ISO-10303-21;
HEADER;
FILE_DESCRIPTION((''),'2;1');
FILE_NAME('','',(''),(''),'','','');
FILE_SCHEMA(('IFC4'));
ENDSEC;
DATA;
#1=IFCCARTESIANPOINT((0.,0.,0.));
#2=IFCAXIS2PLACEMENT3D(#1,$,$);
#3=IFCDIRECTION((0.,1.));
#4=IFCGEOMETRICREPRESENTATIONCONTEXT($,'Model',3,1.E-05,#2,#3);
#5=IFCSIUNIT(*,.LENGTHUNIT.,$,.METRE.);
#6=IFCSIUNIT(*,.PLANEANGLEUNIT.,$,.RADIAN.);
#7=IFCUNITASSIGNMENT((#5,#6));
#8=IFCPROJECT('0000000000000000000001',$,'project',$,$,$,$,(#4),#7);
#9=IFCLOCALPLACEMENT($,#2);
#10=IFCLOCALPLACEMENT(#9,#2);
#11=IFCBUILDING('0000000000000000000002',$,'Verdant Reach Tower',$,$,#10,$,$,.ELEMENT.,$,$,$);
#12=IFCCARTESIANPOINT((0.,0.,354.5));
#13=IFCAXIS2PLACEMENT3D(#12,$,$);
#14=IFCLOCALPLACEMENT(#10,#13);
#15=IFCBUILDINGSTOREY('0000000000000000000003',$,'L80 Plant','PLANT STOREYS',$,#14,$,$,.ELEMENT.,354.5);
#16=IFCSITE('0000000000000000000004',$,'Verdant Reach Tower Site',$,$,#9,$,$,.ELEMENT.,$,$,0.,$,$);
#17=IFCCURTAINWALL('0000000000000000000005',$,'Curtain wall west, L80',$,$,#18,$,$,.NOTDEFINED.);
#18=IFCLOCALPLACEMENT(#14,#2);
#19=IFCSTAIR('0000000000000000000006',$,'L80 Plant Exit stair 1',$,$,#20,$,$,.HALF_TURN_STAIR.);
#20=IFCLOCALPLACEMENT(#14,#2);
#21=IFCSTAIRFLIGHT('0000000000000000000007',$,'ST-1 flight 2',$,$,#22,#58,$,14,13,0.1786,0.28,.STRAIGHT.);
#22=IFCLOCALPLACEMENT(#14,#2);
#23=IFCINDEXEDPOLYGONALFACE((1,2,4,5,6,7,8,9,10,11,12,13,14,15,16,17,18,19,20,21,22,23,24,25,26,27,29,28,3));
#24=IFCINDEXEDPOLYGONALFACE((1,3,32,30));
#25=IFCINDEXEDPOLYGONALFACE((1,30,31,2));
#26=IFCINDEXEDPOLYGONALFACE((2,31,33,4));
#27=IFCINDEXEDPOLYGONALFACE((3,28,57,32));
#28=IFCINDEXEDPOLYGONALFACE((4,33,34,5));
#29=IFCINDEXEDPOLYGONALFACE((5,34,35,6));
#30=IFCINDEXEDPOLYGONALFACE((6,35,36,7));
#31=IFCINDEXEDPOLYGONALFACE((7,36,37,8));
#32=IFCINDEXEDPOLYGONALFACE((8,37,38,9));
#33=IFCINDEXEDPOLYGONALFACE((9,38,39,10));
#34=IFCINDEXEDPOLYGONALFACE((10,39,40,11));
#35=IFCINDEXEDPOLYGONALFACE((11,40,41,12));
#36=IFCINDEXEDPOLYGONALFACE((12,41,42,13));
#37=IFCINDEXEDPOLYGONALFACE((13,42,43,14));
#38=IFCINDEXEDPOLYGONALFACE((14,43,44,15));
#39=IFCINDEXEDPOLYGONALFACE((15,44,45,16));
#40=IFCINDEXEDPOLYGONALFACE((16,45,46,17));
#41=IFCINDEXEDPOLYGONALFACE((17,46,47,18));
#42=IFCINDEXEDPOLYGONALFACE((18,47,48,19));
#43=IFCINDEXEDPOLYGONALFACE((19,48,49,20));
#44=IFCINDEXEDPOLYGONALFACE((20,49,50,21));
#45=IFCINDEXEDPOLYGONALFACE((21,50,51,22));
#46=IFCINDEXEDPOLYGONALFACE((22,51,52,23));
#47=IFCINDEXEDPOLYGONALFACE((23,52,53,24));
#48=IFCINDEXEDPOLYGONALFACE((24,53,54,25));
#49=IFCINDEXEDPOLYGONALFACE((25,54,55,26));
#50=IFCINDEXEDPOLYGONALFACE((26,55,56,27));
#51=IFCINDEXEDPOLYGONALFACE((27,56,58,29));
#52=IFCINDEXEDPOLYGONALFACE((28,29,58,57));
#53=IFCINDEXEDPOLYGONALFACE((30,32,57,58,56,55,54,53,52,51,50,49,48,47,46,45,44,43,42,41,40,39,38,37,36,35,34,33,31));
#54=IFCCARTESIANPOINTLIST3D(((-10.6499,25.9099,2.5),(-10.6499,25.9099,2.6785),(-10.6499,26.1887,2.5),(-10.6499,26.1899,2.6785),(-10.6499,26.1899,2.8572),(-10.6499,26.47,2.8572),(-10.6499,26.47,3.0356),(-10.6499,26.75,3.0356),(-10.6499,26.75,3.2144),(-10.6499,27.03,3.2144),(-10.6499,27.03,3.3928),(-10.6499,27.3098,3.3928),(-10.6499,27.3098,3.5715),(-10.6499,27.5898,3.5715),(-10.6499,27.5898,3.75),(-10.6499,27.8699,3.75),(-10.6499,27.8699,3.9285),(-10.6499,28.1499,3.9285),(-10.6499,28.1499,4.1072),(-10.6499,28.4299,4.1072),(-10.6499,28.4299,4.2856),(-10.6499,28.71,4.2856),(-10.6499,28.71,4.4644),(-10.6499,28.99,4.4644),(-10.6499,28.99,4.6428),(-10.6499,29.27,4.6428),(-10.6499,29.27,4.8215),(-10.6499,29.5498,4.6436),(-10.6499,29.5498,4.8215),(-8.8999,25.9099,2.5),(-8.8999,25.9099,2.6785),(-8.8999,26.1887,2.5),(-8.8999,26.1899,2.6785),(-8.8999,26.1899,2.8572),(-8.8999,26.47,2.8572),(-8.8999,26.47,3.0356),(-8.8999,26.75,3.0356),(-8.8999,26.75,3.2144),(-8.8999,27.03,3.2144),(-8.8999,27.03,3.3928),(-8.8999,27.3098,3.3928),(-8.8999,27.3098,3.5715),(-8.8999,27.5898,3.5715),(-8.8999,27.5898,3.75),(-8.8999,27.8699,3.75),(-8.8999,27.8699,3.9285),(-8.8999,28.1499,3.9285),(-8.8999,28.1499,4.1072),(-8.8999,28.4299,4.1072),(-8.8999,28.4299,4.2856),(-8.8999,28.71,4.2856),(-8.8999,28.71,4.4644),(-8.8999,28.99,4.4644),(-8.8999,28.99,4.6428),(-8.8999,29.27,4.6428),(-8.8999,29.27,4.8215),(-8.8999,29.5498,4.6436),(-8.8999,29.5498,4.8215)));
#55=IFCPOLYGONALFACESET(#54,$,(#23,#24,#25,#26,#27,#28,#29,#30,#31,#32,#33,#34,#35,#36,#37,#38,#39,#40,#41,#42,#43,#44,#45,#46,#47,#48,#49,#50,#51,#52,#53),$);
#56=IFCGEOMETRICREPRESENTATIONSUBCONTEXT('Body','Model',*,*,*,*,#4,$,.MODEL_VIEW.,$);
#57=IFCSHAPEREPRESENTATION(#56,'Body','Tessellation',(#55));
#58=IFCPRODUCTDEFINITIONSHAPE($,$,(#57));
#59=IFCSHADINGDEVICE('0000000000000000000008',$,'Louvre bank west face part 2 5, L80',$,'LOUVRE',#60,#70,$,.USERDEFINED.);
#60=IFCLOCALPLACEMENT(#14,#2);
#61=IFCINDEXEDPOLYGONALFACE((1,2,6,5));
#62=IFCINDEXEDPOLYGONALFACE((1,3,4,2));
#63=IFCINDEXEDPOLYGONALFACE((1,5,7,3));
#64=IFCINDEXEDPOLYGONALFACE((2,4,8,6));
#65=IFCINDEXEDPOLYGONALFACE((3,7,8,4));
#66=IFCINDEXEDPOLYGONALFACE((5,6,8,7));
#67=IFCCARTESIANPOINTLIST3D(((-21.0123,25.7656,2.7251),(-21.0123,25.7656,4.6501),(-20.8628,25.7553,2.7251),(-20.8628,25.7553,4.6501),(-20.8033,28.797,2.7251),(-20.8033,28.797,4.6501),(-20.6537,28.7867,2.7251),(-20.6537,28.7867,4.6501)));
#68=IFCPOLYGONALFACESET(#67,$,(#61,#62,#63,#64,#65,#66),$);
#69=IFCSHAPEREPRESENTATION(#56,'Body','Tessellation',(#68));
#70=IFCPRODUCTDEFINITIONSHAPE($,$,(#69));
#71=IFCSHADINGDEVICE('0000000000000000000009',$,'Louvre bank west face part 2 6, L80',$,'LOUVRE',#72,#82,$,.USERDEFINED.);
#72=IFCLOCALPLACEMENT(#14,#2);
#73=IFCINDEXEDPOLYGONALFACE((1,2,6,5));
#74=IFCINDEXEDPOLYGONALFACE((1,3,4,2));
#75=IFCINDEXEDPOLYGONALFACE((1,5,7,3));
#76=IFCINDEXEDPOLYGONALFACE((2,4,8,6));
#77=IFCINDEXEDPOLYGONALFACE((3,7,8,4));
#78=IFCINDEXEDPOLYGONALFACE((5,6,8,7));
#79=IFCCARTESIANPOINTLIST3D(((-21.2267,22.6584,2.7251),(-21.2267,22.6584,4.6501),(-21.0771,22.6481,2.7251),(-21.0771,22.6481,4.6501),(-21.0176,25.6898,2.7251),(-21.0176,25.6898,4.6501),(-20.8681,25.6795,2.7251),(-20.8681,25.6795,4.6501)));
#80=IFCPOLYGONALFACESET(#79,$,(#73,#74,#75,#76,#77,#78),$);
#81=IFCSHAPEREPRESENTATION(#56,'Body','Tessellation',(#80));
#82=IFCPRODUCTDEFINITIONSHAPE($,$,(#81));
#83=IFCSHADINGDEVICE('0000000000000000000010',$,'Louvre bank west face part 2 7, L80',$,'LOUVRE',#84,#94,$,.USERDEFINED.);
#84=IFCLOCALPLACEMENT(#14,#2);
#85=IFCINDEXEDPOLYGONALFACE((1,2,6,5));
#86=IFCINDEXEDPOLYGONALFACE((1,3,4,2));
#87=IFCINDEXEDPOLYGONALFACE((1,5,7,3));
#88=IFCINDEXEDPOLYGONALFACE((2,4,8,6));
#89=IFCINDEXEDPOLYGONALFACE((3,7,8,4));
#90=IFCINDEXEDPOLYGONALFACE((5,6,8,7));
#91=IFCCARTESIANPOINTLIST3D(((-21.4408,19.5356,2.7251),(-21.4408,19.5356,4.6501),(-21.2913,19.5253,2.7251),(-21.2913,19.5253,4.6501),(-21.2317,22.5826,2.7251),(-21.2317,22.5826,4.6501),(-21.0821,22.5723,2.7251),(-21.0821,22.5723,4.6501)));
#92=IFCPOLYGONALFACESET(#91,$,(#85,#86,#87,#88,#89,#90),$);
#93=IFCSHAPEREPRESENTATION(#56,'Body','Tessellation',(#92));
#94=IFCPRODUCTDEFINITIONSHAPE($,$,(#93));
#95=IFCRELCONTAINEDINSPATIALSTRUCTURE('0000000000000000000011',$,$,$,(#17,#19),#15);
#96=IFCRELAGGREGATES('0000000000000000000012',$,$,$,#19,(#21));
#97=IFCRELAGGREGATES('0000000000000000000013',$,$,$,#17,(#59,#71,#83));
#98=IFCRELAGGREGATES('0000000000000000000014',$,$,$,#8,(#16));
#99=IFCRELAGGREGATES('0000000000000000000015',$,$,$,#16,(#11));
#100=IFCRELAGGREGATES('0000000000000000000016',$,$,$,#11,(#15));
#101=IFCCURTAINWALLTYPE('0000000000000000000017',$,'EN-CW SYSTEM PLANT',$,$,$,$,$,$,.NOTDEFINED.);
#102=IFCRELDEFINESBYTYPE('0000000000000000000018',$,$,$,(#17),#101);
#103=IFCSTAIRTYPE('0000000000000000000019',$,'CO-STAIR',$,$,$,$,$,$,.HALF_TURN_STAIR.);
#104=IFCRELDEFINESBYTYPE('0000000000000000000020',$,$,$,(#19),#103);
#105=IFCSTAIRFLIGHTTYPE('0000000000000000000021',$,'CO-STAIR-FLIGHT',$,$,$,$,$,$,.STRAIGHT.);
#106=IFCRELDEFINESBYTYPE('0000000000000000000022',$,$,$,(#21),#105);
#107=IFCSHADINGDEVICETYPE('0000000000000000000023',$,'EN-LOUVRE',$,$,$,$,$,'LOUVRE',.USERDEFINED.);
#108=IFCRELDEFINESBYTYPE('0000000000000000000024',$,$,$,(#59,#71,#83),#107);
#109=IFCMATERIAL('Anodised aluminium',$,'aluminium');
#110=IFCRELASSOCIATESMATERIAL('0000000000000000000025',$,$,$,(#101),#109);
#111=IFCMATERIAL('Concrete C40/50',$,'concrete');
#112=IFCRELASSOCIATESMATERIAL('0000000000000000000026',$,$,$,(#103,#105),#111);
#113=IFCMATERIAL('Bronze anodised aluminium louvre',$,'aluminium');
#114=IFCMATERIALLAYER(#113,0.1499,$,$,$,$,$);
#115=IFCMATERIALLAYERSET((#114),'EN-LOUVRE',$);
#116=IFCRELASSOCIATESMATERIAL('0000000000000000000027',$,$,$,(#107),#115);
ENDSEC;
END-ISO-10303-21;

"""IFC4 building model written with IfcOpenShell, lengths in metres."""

from ifc_helpers import new_model, si_unit, direction, frame, origin, origin_2d, place, context, subcontext, project, spatial, polyline, rectangle, outline, extrude, material, layer, layer_set, type_object, element, aggregate, save


model = new_model("IFC4")

# Units and contexts
model_context = context("Model", 3, precision=1e-05, world=origin(), true_north=direction((0.0, 1.0)))
body_context = subcontext(model_context, "Body", "Model", "MODEL_VIEW")
ifc_project = project(units=[si_unit("LENGTHUNIT", "METRE"), si_unit("PLANEANGLEUNIT", "RADIAN")], contexts=[model_context])

# Site, building, storey
site_placement = place(None, origin())
site = spatial("IfcSite", under=ifc_project, at=site_placement, Name="Verdant Reach Tower Site", CompositionType="ELEMENT", RefElevation=0.0)
building_placement = place(site_placement, origin())
building = spatial("IfcBuilding", under=site, at=building_placement, Name="Verdant Reach Tower", CompositionType="ELEMENT")
storey_placement = place(building_placement, frame((0.0, 0.0, 354.5)))
storey = spatial("IfcBuildingStorey", under=building, at=storey_placement, Name="L80 Plant", Description="PLANT STOREYS", CompositionType="ELEMENT", Elevation=354.5)

# Curtain wall
ifc_material_1 = material(Name="Anodised aluminium", Category="aluminium")
curtain_wall_type = type_object("IfcCurtainWallType", Name="EN-CW SYSTEM PLANT", PredefinedType="NOTDEFINED", material=ifc_material_1)
curtain_wall_1_placement = place(storey_placement, origin())
curtain_wall_1 = element("IfcCurtainWall", 1, at=curtain_wall_1_placement, inside=storey, type_object=curtain_wall_type, Name="Curtain wall west, L80", PredefinedType="NOTDEFINED")

# Shared definitions
ifc_material_2 = material(Name="Concrete C40/50", Category="concrete")

# Stair, stair flight
stair_type = type_object("IfcStairType", Name="CO-STAIR", PredefinedType="HALF_TURN_STAIR", material=ifc_material_2)
stair_placement = place(storey_placement, origin())
stair = element("IfcStair", 2, at=stair_placement, inside=storey, type_object=stair_type, Name="L80 Plant Exit stair 1", PredefinedType="HALF_TURN_STAIR")
stair_flight_type = type_object("IfcStairFlightType", Name="CO-STAIR-FLIGHT", PredefinedType="STRAIGHT", material=ifc_material_2)
stair_flight_placement = place(storey_placement, frame((-9.7749, 25.9099, 2.5), z_axis=(0.0, 0.0, 1.0), x_axis=(0.0, 1.0, 0.0)))
stair_flight = element("IfcStairFlight", 3, at=stair_flight_placement, type_object=stair_flight_type, Name="ST-1 flight 2", NumberOfRisers=14, NumberOfTreads=13, PredefinedType="STRAIGHT", RiserHeight=0.1786, TreadLength=0.28, context=body_context, shape_type="SweptSolid", body=[
    extrude(outline(polyline([(0.0, 0.0), (0.0, 0.1785), (0.28, 0.1785), (0.28, 0.3572), (0.5601, 0.3572), (0.5601, 0.5356), (0.8401, 0.5356), (0.8401, 0.7144), (1.1201, 0.7144), (1.1201, 0.8928), (1.3999, 0.8928), (1.3999, 1.0715), (1.6799, 1.0715), (1.6799, 1.25), (1.96, 1.25), (1.96, 1.4285), (2.24, 1.4285), (2.24, 1.6072), (2.52, 1.6072), (2.52, 1.7856), (2.8, 1.7856), (2.8, 1.9644), (3.0801, 1.9644), (3.0801, 2.1428), (3.3601, 2.1428), (3.3601, 2.3215), (3.6399, 2.3215), (3.6399, 2.5), (3.6399, 2.1436), (0.2788, 0.0), (0.0, 0.0)])), frame((0.0, 0.875, 0.0), z_axis=(0.0, -1.0, 0.0), x_axis=(1.0, 0.0, 0.0)), (0.0, 0.0, 1.0), 1.75),
])
aggregate(stair, [stair_flight])

# Shading devices
ifc_material_3 = material(Name="Bronze anodised aluminium louvre", Category="aluminium")
ifc_layer_1 = layer(ifc_material_3, 0.1499)
ifc_layer_set_1 = layer_set([ifc_layer_1], Name="EN-LOUVRE")
shading_device_type = type_object("IfcShadingDeviceType", Name="EN-LOUVRE", ElementType="LOUVRE", PredefinedType="USERDEFINED", material=ifc_layer_set_1)
shading_device_1_placement = place(storey_placement, frame((-20.833, 27.2761, 2.7251), z_axis=(0.0, 0.0, 1.0), x_axis=(-0.068802, -0.99763, 0.0)))
shading_device_1 = element("IfcShadingDevice", 4, at=shading_device_1_placement, type_object=shading_device_type, Name="Louvre bank west face part 2 5, L80", ObjectType="LOUVRE", PredefinedType="USERDEFINED", context=body_context, shape_type="SweptSolid", body=[
    extrude(rectangle(XDim=3.0386, YDim=0.1499, at=origin_2d()), origin(), (0.0, 0.0, 1.0), 1.925),
])
shading_device_2_placement = place(storey_placement, frame((-21.0474, 24.1689, 2.7251), z_axis=(0.0, 0.0, 1.0), x_axis=(-0.068802, -0.99763, 0.0)))
shading_device_2 = element("IfcShadingDevice", 5, at=shading_device_2_placement, type_object=shading_device_type, Name="Louvre bank west face part 2 6, L80", ObjectType="LOUVRE", PredefinedType="USERDEFINED", context=body_context, shape_type="SweptSolid", body=[
    extrude(rectangle(XDim=3.0386, YDim=0.1499, at=origin_2d()), origin(), (0.0, 0.0, 1.0), 1.925),
])
shading_device_3_placement = place(storey_placement, frame((-21.2615, 21.054, 2.7251), z_axis=(0.0, 0.0, 1.0), x_axis=(-0.068469, -0.997653, 0.0)))
shading_device_3 = element("IfcShadingDevice", 6, at=shading_device_3_placement, type_object=shading_device_type, Name="Louvre bank west face part 2 7, L80", ObjectType="LOUVRE", PredefinedType="USERDEFINED", context=body_context, shape_type="SweptSolid", body=[
    extrude(rectangle(XDim=3.0542, YDim=0.1499, at=origin_2d()), origin(), (0.0, 0.0, 1.0), 1.925),
])
aggregate(curtain_wall_1, [shading_device_1, shading_device_2, shading_device_3])

save(model, "model.ifc")
